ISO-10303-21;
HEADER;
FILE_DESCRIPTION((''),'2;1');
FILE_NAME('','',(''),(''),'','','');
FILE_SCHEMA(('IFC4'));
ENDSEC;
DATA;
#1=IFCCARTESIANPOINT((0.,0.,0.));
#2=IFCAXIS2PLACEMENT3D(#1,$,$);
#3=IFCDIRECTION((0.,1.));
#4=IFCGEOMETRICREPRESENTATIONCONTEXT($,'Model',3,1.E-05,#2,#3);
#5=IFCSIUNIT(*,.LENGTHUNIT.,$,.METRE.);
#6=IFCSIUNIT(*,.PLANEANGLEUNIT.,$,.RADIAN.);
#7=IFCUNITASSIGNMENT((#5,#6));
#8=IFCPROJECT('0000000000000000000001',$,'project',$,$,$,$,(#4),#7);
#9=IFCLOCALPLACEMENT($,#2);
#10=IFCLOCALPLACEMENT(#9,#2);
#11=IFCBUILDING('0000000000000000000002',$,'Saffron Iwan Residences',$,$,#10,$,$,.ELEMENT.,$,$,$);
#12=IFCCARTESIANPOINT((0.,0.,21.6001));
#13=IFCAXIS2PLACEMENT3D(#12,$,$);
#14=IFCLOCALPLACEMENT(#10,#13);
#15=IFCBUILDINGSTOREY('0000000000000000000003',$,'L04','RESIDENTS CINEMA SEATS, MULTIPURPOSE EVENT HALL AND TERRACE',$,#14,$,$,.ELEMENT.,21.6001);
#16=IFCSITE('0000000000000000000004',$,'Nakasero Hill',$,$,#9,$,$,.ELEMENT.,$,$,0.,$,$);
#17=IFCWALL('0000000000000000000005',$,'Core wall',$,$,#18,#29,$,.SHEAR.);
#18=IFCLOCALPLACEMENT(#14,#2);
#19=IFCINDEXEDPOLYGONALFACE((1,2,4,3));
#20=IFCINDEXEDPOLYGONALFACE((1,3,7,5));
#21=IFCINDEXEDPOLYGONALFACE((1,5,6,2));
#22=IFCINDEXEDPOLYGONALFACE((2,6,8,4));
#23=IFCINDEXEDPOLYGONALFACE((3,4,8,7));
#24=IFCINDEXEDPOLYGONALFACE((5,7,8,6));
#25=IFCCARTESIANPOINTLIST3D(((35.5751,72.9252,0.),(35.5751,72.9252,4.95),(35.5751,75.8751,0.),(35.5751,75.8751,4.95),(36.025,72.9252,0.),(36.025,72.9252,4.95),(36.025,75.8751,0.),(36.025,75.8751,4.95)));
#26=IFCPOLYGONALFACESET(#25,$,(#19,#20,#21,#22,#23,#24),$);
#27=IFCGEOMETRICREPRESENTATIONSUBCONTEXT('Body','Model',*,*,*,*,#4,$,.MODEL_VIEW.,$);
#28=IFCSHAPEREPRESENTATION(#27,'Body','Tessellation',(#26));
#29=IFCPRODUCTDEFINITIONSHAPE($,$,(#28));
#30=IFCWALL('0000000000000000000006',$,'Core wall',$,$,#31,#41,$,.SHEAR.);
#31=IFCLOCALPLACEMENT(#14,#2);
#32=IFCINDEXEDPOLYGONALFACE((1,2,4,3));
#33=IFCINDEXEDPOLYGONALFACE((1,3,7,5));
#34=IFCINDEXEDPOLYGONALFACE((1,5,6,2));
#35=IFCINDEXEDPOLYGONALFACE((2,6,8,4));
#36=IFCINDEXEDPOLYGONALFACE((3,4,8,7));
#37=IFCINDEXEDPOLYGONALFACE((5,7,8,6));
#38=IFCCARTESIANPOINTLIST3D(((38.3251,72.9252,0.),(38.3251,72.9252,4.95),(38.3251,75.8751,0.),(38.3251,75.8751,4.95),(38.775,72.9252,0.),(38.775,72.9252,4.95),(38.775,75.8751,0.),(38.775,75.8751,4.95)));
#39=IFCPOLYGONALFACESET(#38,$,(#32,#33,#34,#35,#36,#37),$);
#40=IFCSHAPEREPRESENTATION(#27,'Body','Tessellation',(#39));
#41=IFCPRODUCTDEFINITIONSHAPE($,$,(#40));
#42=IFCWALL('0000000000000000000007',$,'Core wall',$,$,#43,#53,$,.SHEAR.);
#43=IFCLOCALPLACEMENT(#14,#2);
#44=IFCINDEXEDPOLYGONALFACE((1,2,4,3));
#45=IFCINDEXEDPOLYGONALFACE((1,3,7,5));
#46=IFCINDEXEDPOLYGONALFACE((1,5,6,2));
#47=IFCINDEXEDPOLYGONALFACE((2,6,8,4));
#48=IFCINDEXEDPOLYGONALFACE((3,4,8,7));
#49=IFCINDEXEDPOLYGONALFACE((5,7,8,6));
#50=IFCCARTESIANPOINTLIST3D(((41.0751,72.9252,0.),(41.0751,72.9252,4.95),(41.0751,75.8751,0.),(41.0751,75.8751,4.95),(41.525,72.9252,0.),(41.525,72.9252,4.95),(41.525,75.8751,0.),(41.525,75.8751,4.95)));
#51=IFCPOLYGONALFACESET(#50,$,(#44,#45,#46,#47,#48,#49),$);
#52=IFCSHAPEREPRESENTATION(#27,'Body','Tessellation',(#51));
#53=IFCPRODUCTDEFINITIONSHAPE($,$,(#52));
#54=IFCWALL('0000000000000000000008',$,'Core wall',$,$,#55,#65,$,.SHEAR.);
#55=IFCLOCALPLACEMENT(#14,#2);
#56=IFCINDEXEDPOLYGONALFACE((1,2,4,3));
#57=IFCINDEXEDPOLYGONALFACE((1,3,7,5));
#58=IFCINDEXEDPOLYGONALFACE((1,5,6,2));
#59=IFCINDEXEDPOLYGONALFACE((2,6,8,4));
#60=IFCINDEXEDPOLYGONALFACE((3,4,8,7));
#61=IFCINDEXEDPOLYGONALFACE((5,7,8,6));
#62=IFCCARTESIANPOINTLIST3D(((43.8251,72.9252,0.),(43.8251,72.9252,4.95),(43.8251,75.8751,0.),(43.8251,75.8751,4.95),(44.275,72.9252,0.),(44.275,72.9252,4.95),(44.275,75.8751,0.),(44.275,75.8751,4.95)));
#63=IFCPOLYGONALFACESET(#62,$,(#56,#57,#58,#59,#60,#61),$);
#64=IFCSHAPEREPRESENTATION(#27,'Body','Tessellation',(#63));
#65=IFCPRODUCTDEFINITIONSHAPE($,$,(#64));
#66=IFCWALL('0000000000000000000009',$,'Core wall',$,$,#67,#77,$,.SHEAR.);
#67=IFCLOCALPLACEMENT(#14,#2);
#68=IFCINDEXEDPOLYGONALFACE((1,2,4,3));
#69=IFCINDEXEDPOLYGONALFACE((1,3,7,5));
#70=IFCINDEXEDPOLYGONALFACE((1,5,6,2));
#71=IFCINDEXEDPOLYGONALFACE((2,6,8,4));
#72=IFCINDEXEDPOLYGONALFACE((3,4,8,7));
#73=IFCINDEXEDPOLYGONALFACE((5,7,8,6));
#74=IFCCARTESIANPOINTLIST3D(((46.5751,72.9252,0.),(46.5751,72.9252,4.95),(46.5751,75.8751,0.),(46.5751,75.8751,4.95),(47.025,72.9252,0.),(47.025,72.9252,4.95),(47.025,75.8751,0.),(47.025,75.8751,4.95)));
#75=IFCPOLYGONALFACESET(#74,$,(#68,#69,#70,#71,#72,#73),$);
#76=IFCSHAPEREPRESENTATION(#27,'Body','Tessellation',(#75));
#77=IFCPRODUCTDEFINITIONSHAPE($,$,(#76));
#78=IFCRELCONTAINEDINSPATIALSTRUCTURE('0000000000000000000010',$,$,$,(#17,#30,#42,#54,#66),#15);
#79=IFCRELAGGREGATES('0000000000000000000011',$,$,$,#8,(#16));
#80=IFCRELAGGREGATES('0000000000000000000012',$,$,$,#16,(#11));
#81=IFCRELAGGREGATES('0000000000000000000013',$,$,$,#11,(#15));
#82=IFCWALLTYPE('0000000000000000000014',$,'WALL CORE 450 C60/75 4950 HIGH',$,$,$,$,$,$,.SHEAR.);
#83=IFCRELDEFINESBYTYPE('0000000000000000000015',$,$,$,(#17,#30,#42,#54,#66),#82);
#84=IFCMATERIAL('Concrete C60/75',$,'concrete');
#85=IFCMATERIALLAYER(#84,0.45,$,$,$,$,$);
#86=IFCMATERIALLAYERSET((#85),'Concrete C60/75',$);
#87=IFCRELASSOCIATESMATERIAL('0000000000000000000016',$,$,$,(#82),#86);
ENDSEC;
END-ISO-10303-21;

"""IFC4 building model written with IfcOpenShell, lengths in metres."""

from ifc_helpers import new_model, si_unit, direction, frame, frame_2d, origin, place, context, subcontext, project, spatial, rectangle, extrude, material, layer, layer_set, type_object, element, save


model = new_model("IFC4")

# Units and contexts
model_context = context("Model", 3, precision=1e-05, world=origin(), true_north=direction((0.0, 1.0)))
body_context = subcontext(model_context, "Body", "Model", "MODEL_VIEW")
ifc_project = project(units=[si_unit("LENGTHUNIT", "METRE"), si_unit("PLANEANGLEUNIT", "RADIAN")], contexts=[model_context])

# Site, building, storey
site_placement = place(None, origin())
site = spatial("IfcSite", under=ifc_project, at=site_placement, Name="Nakasero Hill", CompositionType="ELEMENT", RefElevation=0.0)
building_placement = place(site_placement, origin())
building = spatial("IfcBuilding", under=site, at=building_placement, Name="Saffron Iwan Residences", CompositionType="ELEMENT")
storey_placement = place(building_placement, frame((0.0, 0.0, 21.6001)))
storey = spatial("IfcBuildingStorey", under=building, at=storey_placement, Name="L04", Description="RESIDENTS CINEMA SEATS, MULTIPURPOSE EVENT HALL AND TERRACE", CompositionType="ELEMENT", Elevation=21.6001)

# Shared definitions
ifc_material_1 = material(Name="Concrete C60/75", Category="concrete")
ifc_layer = layer(ifc_material_1, 0.45)
ifc_layer_set = layer_set([ifc_layer], Name="Concrete C60/75")
wall_type = type_object("IfcWallType", Name="WALL CORE 450 C60/75 4950 HIGH", PredefinedType="SHEAR", material=ifc_layer_set)

# Walls
for number, where, z_axis, x_axis, name in (
    (1, (35.8, 72.925, 0.0), (0.0, 0.0, 1.0), (0.0, 1.0, 0.0), "Core wall"),
    (2, (38.55, 72.925, 0.0), (0.0, 0.0, 1.0), (0.0, 1.0, 0.0), "Core wall"),
    (3, (41.3, 72.925, 0.0), (0.0, 0.0, 1.0), (0.0, 1.0, 0.0), "Core wall"),
    (4, (44.05, 72.925, 0.0), (0.0, 0.0, 1.0), (0.0, 1.0, 0.0), "Core wall"),
    (5, (46.8, 72.925, 0.0), (0.0, 0.0, 1.0), (0.0, 1.0, 0.0), "Core wall"),
):
    element("IfcWall", number, at=place(storey_placement, frame(where, z_axis=z_axis, x_axis=x_axis)), inside=storey, type_object=wall_type, Name=name, PredefinedType="SHEAR", context=body_context, shape_type="SweptSolid", body=[
        extrude(rectangle(XDim=2.95, YDim=0.45, at=frame_2d((1.4751, 0.0))), origin(), (0.0, 0.0, 1.0), 4.95),
    ])

save(model, "model.ifc")
